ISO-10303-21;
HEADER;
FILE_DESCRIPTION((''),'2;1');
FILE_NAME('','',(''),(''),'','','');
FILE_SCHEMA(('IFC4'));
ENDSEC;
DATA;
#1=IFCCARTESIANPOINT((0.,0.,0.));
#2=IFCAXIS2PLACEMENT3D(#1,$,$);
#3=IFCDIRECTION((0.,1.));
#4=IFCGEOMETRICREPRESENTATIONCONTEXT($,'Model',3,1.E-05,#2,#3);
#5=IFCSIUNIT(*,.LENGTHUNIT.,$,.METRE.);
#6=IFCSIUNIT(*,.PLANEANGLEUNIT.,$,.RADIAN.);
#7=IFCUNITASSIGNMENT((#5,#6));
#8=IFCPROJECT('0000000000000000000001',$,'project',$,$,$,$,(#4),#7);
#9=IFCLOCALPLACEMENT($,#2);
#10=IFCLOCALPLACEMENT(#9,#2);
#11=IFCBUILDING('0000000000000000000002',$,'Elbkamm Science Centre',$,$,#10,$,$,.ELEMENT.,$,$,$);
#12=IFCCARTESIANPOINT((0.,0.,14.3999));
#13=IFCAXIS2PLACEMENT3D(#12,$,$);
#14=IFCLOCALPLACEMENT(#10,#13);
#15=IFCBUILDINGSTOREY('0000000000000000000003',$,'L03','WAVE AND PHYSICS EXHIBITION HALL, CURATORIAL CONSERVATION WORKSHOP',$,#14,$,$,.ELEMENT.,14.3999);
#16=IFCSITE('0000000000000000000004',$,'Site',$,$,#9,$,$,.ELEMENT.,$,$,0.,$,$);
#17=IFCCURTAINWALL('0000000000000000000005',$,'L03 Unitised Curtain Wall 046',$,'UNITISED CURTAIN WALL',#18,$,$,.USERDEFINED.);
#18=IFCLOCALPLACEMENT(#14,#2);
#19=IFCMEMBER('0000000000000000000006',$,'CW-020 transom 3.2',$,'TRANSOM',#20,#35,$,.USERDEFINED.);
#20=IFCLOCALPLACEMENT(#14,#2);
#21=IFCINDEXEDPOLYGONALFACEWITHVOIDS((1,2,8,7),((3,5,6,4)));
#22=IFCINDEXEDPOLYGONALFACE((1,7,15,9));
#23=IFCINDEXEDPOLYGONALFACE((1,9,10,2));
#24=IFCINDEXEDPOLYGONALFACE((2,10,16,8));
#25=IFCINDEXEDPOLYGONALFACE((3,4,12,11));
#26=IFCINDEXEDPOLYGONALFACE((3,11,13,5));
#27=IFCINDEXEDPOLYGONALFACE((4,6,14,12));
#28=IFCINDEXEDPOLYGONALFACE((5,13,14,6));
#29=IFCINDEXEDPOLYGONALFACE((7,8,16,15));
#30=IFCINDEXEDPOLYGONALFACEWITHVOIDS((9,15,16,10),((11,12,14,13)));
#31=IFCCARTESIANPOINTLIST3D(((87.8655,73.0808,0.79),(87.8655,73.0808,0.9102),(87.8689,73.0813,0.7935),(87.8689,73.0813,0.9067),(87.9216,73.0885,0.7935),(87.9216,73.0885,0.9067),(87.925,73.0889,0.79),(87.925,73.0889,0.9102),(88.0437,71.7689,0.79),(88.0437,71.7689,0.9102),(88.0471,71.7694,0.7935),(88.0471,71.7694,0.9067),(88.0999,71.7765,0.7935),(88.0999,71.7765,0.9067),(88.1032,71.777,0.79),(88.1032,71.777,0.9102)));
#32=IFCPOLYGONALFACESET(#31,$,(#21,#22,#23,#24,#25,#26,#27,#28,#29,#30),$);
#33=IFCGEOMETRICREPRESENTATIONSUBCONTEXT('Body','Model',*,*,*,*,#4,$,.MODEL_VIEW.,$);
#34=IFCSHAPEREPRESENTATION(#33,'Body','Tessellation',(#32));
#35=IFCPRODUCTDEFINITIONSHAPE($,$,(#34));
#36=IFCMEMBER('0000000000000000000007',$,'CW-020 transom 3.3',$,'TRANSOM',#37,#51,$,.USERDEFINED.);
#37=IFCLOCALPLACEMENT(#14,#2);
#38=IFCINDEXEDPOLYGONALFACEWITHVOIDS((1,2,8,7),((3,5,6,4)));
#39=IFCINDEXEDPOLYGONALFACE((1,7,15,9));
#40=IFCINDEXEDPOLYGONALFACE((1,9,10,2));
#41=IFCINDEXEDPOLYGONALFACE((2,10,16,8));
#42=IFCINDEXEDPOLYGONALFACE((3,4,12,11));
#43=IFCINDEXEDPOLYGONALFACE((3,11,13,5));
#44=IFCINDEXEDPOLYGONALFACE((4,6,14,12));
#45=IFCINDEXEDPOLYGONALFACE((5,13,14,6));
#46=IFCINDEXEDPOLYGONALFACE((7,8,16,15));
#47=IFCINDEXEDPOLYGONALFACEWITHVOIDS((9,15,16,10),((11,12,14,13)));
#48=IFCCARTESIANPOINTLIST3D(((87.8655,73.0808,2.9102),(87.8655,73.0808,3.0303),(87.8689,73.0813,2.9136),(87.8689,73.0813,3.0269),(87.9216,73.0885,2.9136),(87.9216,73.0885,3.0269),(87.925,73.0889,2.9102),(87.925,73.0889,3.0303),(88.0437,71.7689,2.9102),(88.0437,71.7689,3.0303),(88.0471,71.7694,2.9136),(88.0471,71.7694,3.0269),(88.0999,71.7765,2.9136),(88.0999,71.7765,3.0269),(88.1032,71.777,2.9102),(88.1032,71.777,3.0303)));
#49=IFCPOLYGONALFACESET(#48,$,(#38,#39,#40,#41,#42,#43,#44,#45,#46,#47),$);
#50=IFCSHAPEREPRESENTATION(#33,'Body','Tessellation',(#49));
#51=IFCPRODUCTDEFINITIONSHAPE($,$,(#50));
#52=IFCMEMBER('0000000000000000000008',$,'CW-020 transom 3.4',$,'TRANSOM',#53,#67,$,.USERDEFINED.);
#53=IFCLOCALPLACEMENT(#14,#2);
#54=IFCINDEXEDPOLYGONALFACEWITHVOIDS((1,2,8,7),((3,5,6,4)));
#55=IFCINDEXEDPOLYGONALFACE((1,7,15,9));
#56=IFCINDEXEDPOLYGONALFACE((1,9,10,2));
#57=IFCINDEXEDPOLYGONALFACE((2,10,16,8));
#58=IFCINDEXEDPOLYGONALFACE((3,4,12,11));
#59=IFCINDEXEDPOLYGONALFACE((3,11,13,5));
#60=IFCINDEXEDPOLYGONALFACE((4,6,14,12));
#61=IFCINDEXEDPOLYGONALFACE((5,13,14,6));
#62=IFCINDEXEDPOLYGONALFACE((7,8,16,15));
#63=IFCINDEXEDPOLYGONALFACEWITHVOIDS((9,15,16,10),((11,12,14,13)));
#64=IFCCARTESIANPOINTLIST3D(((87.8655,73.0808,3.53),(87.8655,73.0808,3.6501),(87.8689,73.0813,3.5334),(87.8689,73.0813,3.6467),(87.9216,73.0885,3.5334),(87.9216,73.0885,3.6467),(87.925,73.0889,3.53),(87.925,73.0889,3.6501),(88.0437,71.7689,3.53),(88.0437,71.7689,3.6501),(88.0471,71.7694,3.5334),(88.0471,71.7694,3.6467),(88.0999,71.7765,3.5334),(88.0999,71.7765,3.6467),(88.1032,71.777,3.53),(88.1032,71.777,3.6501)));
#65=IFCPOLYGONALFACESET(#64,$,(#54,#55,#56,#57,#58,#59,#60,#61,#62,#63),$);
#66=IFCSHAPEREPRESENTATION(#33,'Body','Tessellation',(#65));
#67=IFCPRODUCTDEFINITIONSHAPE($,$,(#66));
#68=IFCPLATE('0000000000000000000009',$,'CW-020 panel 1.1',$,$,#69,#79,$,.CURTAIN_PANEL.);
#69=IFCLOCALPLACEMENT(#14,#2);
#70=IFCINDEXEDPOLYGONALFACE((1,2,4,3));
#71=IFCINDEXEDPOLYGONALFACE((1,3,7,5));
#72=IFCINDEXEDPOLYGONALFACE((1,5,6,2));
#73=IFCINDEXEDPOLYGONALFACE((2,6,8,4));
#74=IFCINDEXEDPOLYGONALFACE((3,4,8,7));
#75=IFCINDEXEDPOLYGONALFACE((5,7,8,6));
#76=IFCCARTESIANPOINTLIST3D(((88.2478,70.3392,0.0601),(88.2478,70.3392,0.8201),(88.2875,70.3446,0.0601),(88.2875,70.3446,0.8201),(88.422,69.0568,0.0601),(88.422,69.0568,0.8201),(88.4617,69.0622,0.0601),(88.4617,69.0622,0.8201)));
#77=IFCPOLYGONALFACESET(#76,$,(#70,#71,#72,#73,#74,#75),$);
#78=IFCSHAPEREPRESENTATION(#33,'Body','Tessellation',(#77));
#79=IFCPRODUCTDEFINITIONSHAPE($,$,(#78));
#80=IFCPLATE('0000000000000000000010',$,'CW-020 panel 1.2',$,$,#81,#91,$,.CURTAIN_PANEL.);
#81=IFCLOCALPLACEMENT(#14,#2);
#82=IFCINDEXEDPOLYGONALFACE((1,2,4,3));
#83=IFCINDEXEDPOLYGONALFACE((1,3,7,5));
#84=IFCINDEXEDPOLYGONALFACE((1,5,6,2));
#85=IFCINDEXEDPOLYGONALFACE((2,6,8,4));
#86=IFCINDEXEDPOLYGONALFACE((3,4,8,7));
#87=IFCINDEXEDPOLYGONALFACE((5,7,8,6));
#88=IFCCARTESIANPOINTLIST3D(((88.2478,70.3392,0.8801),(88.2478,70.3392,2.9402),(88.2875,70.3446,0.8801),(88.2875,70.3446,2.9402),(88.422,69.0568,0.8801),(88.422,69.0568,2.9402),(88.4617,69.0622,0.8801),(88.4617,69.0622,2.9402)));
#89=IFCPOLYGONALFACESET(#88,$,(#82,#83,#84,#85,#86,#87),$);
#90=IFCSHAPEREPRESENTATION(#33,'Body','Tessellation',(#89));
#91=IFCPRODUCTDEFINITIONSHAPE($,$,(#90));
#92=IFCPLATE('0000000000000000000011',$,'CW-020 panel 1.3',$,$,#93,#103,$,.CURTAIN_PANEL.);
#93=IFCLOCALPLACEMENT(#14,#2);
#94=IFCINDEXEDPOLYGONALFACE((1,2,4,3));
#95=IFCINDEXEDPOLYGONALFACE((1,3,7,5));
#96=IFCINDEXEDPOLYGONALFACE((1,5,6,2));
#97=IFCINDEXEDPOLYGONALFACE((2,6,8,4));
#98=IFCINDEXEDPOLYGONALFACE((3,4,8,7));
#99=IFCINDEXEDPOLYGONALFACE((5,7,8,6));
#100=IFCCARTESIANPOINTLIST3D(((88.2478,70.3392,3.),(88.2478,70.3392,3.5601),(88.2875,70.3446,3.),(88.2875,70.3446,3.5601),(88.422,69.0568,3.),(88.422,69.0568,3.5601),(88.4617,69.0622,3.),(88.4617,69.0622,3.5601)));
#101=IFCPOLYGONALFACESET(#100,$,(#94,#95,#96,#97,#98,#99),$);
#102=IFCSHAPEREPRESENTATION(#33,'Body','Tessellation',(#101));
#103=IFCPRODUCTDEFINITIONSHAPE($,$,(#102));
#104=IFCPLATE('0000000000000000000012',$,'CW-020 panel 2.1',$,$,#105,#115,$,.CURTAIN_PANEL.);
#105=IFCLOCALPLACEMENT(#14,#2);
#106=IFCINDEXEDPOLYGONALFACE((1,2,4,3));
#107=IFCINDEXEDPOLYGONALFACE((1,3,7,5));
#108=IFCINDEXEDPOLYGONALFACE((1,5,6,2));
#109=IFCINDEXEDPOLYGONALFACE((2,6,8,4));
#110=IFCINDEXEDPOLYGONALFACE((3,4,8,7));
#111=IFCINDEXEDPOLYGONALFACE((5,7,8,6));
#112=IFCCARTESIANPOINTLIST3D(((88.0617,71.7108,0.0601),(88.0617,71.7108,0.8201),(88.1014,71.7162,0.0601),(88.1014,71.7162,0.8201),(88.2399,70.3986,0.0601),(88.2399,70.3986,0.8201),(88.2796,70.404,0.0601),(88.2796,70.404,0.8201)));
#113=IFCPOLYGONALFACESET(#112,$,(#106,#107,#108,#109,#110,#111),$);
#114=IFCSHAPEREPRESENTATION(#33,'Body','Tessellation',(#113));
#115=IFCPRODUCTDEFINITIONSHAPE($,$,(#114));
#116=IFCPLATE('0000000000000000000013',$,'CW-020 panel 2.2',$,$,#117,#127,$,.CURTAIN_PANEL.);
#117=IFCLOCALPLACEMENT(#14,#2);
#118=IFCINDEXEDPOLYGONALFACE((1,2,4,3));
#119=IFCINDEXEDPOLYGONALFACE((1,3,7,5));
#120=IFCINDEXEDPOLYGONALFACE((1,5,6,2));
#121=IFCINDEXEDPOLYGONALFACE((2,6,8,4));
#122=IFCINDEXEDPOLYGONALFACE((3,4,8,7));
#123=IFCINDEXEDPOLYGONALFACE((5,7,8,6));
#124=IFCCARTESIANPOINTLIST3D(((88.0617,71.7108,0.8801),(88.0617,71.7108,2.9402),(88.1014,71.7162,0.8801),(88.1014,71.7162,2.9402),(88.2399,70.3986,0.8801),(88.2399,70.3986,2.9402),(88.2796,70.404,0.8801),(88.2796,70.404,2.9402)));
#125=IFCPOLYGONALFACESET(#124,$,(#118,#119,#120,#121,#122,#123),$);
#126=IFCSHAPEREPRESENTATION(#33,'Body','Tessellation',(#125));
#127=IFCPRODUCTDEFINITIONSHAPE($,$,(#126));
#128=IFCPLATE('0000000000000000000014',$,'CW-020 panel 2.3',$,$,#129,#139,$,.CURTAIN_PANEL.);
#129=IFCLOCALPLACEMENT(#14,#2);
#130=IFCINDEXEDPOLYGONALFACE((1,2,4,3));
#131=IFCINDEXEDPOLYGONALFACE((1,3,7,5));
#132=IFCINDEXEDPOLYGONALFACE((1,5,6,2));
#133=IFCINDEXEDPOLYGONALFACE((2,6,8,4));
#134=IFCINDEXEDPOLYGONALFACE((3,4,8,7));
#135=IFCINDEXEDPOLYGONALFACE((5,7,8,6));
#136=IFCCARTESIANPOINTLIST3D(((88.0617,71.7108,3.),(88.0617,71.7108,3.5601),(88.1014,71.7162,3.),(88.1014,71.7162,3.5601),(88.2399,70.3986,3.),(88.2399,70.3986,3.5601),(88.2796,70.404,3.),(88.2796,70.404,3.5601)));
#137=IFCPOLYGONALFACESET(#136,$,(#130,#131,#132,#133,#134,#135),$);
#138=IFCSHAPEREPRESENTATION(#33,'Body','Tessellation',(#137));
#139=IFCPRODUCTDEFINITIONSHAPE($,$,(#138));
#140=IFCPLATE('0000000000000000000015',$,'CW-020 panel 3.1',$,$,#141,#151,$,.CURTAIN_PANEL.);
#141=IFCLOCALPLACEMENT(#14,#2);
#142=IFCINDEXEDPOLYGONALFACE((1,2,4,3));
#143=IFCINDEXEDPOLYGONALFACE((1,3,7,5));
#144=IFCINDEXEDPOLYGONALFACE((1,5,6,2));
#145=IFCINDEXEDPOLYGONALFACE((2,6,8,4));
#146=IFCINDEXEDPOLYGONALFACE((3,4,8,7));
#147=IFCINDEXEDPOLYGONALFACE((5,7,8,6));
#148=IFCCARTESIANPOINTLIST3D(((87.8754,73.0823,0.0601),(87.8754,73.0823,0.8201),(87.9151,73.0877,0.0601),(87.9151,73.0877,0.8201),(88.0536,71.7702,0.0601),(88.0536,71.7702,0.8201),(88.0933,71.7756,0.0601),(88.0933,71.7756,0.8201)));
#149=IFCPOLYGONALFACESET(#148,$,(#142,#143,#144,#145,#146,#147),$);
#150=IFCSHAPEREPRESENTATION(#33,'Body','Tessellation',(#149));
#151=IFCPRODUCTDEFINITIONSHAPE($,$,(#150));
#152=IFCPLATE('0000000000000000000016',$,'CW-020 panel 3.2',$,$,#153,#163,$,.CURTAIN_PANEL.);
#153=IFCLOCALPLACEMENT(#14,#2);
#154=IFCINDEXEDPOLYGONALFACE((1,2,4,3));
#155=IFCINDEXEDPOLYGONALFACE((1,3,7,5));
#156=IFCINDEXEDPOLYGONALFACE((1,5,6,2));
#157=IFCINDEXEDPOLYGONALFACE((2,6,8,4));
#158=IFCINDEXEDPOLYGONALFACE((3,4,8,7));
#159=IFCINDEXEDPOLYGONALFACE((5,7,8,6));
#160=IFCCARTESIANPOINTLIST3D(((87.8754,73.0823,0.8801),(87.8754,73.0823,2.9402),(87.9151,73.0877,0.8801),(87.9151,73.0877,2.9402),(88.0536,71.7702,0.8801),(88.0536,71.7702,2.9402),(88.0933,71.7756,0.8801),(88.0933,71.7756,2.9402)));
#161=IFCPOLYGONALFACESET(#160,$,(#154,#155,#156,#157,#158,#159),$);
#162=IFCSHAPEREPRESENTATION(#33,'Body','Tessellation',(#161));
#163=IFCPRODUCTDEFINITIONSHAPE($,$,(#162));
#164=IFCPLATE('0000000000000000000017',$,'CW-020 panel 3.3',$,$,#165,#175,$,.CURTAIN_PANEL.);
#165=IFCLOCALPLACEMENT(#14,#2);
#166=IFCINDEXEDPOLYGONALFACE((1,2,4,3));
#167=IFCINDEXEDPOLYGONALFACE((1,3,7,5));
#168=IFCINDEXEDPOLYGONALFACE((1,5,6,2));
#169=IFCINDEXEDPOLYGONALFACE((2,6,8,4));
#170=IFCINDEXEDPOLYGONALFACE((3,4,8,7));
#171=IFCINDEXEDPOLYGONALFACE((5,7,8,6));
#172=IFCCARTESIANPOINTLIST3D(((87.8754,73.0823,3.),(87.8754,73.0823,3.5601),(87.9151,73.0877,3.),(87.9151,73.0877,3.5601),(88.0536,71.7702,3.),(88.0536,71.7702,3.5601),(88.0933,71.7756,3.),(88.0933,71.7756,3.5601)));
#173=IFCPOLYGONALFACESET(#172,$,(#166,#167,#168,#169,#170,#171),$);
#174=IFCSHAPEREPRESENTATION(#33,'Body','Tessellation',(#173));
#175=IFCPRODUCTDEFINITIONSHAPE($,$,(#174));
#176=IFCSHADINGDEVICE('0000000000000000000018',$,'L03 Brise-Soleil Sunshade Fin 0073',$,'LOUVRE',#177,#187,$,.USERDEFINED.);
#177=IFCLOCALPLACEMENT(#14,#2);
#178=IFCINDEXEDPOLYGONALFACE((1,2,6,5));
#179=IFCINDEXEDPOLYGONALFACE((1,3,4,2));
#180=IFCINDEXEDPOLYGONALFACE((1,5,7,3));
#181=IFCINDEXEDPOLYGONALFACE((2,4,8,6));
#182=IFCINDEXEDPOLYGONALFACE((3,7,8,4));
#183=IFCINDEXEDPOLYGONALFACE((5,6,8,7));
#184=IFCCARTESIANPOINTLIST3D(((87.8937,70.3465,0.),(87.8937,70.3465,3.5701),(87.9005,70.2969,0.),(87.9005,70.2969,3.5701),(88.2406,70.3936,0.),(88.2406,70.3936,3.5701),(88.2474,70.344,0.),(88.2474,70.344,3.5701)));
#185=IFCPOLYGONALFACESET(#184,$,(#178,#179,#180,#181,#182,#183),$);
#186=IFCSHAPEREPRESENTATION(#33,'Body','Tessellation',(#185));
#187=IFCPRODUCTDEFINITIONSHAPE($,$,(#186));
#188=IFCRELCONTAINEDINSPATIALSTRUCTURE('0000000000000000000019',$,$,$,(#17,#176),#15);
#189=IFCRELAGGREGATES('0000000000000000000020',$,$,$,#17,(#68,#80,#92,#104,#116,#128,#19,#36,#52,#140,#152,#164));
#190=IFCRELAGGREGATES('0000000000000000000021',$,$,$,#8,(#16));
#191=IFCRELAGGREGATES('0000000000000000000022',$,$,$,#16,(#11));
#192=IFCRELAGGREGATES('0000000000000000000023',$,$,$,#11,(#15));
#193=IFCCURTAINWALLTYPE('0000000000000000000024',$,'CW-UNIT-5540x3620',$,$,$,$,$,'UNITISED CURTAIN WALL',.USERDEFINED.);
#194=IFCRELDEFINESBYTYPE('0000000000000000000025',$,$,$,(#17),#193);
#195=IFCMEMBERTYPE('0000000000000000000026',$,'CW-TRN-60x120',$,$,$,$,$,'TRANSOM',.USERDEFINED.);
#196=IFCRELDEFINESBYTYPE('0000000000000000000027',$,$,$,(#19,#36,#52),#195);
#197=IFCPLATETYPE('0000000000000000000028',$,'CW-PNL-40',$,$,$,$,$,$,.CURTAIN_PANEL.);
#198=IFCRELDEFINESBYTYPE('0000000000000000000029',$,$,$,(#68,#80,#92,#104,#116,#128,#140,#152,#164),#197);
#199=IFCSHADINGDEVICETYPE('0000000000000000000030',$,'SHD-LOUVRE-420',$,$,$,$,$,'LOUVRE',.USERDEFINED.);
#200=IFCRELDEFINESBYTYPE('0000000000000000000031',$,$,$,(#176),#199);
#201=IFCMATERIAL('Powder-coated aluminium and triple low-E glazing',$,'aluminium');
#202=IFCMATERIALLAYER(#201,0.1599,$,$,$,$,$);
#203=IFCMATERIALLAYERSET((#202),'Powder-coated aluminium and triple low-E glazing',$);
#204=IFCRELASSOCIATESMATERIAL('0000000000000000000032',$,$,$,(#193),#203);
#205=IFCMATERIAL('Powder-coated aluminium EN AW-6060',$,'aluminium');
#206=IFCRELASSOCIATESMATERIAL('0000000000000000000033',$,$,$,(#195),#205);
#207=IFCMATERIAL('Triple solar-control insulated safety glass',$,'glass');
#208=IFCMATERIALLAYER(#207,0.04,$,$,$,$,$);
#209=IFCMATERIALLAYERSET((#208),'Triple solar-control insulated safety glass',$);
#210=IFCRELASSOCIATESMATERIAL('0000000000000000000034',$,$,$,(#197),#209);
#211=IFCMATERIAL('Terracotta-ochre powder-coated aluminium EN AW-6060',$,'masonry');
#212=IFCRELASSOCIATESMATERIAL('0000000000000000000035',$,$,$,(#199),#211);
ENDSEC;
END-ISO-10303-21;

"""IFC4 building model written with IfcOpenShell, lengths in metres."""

from ifc_helpers import new_model, si_unit, direction, frame, origin, origin_2d, place, context, subcontext, project, spatial, rectangle, hollow_rectangle, extrude, material, layer, layer_set, material_profile, profile_set, type_object, element, aggregate, save


model = new_model("IFC4")

# Units and contexts
model_context = context("Model", 3, precision=1e-05, world=origin(), true_north=direction((0.0, 1.0)))
body_context = subcontext(model_context, "Body", "Model", "MODEL_VIEW")
ifc_project = project(units=[si_unit("LENGTHUNIT", "METRE"), si_unit("PLANEANGLEUNIT", "RADIAN")], contexts=[model_context])

# Site, building, storey
site_placement = place(None, origin())
site = spatial("IfcSite", under=ifc_project, at=site_placement, Name="Site", CompositionType="ELEMENT", RefElevation=0.0)
building_placement = place(site_placement, origin())
building = spatial("IfcBuilding", under=site, at=building_placement, Name="Elbkamm Science Centre", CompositionType="ELEMENT")
storey_placement = place(building_placement, frame((0.0, 0.0, 14.3999)))
storey = spatial("IfcBuildingStorey", under=building, at=storey_placement, Name="L03", Description="WAVE AND PHYSICS EXHIBITION HALL, CURATORIAL CONSERVATION WORKSHOP", CompositionType="ELEMENT", Elevation=14.3999)

# Curtain wall, members, plates
ifc_material_1 = material(Name="Powder-coated aluminium and triple low-E glazing", Category="aluminium")
ifc_layer_1 = layer(ifc_material_1, 0.1599)
ifc_layer_set_1 = layer_set([ifc_layer_1], Name="Powder-coated aluminium and triple low-E glazing")
curtain_wall_type = type_object("IfcCurtainWallType", Name="CW-UNIT-5540x3620", ElementType="UNITISED CURTAIN WALL", PredefinedType="USERDEFINED", material=ifc_layer_set_1)
curtain_wall_placement = place(storey_placement, origin())
curtain_wall = element("IfcCurtainWall", 1, at=curtain_wall_placement, inside=storey, type_object=curtain_wall_type, Name="L03 Unitised Curtain Wall 046", ObjectType="UNITISED CURTAIN WALL", PredefinedType="USERDEFINED")
ifc_material_2 = material(Name="Powder-coated aluminium EN AW-6060", Category="aluminium")
ifc_material_profile_1 = material_profile(ifc_material_2, hollow_rectangle(XDim=0.0601, YDim=0.1201, WallThickness=0.0034, at=origin_2d()), Name="ALU T60x120")
ifc_profile_set_1 = profile_set([ifc_material_profile_1], Name="Powder-coated aluminium EN AW-6060")
member_type_1 = type_object("IfcMemberType", Name="CW-TRN-60x120", ElementType="TRANSOM", PredefinedType="USERDEFINED", material=ifc_profile_set_1)
member_1_placement = place(storey_placement, frame((88.0735, 71.7729, 0.8501), z_axis=(-0.134603, 0.9909, 0.0), x_axis=(-0.9909, -0.134603, 0.0)))
member_1 = element("IfcMember", 2, at=member_1_placement, type_object=member_type_1, Name="CW-020 transom 3.2", ObjectType="TRANSOM", PredefinedType="USERDEFINED", context=body_context, shape_type="SweptSolid", body=[
    extrude(hollow_rectangle(XDim=0.0601, YDim=0.1201, WallThickness=0.0034, at=origin_2d()), origin(), (0.0, 0.0, 1.0), 1.324),
])
member_2_placement = place(storey_placement, frame((88.0735, 71.7729, 2.9702), z_axis=(-0.134603, 0.9909, 0.0), x_axis=(-0.9909, -0.134603, 0.0)))
member_2 = element("IfcMember", 3, at=member_2_placement, type_object=member_type_1, Name="CW-020 transom 3.3", ObjectType="TRANSOM", PredefinedType="USERDEFINED", context=body_context, shape_type="SweptSolid", body=[
    extrude(hollow_rectangle(XDim=0.0601, YDim=0.1201, WallThickness=0.0034, at=origin_2d()), origin(), (0.0, 0.0, 1.0), 1.324),
])
member_3_placement = place(storey_placement, frame((88.0735, 71.7729, 3.5901), z_axis=(-0.134603, 0.9909, 0.0), x_axis=(-0.9909, -0.134603, 0.0)))
member_3 = element("IfcMember", 4, at=member_3_placement, type_object=member_type_1, Name="CW-020 transom 3.4", ObjectType="TRANSOM", PredefinedType="USERDEFINED", context=body_context, shape_type="SweptSolid", body=[
    extrude(hollow_rectangle(XDim=0.0601, YDim=0.1201, WallThickness=0.0034, at=origin_2d()), origin(), (0.0, 0.0, 1.0), 1.324),
])
ifc_material_3 = material(Name="Triple solar-control insulated safety glass", Category="glass")
ifc_layer_2 = layer(ifc_material_3, 0.04)
ifc_layer_set_2 = layer_set([ifc_layer_2], Name="Triple solar-control insulated safety glass")
plate_type = type_object("IfcPlateType", Name="CW-PNL-40", PredefinedType="CURTAIN_PANEL", material=ifc_layer_set_2)
plate_1_placement = place(storey_placement, frame((88.3547, 69.7007, 0.0601), z_axis=(0.0, 0.0, 1.0), x_axis=(-0.134576, 0.990903, 0.0)))
plate_1 = element("IfcPlate", 5, at=plate_1_placement, type_object=plate_type, Name="CW-020 panel 1.1", PredefinedType="CURTAIN_PANEL", context=body_context, shape_type="SweptSolid", body=[
    extrude(rectangle(XDim=1.2942, YDim=0.04, at=origin_2d()), origin(), (0.0, 0.0, 1.0), 0.76),
])
plate_2_placement = place(storey_placement, frame((88.3547, 69.7007, 0.8801), z_axis=(0.0, 0.0, 1.0), x_axis=(-0.134576, 0.990903, 0.0)))
plate_2 = element("IfcPlate", 6, at=plate_2_placement, type_object=plate_type, Name="CW-020 panel 1.2", PredefinedType="CURTAIN_PANEL", context=body_context, shape_type="SweptSolid", body=[
    extrude(rectangle(XDim=1.2942, YDim=0.04, at=origin_2d()), origin(), (0.0, 0.0, 1.0), 2.0601),
])
plate_3_placement = place(storey_placement, frame((88.3547, 69.7007, 3.0), z_axis=(0.0, 0.0, 1.0), x_axis=(-0.134576, 0.990903, 0.0)))
plate_3 = element("IfcPlate", 7, at=plate_3_placement, type_object=plate_type, Name="CW-020 panel 1.3", PredefinedType="CURTAIN_PANEL", context=body_context, shape_type="SweptSolid", body=[
    extrude(rectangle(XDim=1.2942, YDim=0.04, at=origin_2d()), origin(), (0.0, 0.0, 1.0), 0.5601),
])
plate_4_placement = place(storey_placement, frame((88.1707, 71.0574, 0.0601), z_axis=(0.0, 0.0, 1.0), x_axis=(-0.134576, 0.990903, 0.0)))
plate_4 = element("IfcPlate", 8, at=plate_4_placement, type_object=plate_type, Name="CW-020 panel 2.1", PredefinedType="CURTAIN_PANEL", context=body_context, shape_type="SweptSolid", body=[
    extrude(rectangle(XDim=1.3242, YDim=0.04, at=origin_2d()), origin(), (0.0, 0.0, 1.0), 0.76),
])
plate_5_placement = place(storey_placement, frame((88.1707, 71.0574, 0.8801), z_axis=(0.0, 0.0, 1.0), x_axis=(-0.134576, 0.990903, 0.0)))
plate_5 = element("IfcPlate", 9, at=plate_5_placement, type_object=plate_type, Name="CW-020 panel 2.2", PredefinedType="CURTAIN_PANEL", context=body_context, shape_type="SweptSolid", body=[
    extrude(rectangle(XDim=1.3242, YDim=0.04, at=origin_2d()), origin(), (0.0, 0.0, 1.0), 2.0601),
])
plate_6_placement = place(storey_placement, frame((88.1707, 71.0574, 3.0), z_axis=(0.0, 0.0, 1.0), x_axis=(-0.134576, 0.990903, 0.0)))
plate_6 = element("IfcPlate", 10, at=plate_6_placement, type_object=plate_type, Name="CW-020 panel 2.3", PredefinedType="CURTAIN_PANEL", context=body_context, shape_type="SweptSolid", body=[
    extrude(rectangle(XDim=1.3242, YDim=0.04, at=origin_2d()), origin(), (0.0, 0.0, 1.0), 0.5601),
])
plate_7_placement = place(storey_placement, frame((87.9844, 72.429, 0.0601), z_axis=(0.0, 0.0, 1.0), x_axis=(-0.134576, 0.990903, 0.0)))
plate_7 = element("IfcPlate", 11, at=plate_7_placement, type_object=plate_type, Name="CW-020 panel 3.1", PredefinedType="CURTAIN_PANEL", context=body_context, shape_type="SweptSolid", body=[
    extrude(rectangle(XDim=1.3242, YDim=0.04, at=origin_2d()), origin(), (0.0, 0.0, 1.0), 0.76),
])
plate_8_placement = place(storey_placement, frame((87.9844, 72.429, 0.8801), z_axis=(0.0, 0.0, 1.0), x_axis=(-0.134576, 0.990903, 0.0)))
plate_8 = element("IfcPlate", 12, at=plate_8_placement, type_object=plate_type, Name="CW-020 panel 3.2", PredefinedType="CURTAIN_PANEL", context=body_context, shape_type="SweptSolid", body=[
    extrude(rectangle(XDim=1.3242, YDim=0.04, at=origin_2d()), origin(), (0.0, 0.0, 1.0), 2.0601),
])
plate_9_placement = place(storey_placement, frame((87.9844, 72.429, 3.0), z_axis=(0.0, 0.0, 1.0), x_axis=(-0.134576, 0.990903, 0.0)))
plate_9 = element("IfcPlate", 13, at=plate_9_placement, type_object=plate_type, Name="CW-020 panel 3.3", PredefinedType="CURTAIN_PANEL", context=body_context, shape_type="SweptSolid", body=[
    extrude(rectangle(XDim=1.3242, YDim=0.04, at=origin_2d()), origin(), (0.0, 0.0, 1.0), 0.5601),
])
aggregate(curtain_wall, [plate_1, plate_2, plate_3, plate_4, plate_5, plate_6, member_1, member_2, member_3, plate_7, plate_8, plate_9])

# Shading device
ifc_material_4 = material(Name="Terracotta-ochre powder-coated aluminium EN AW-6060", Category="masonry")
shading_device_type = type_object("IfcShadingDeviceType", Name="SHD-LOUVRE-420", ElementType="LOUVRE", PredefinedType="USERDEFINED", material=ifc_material_4)
shading_device_placement = place(storey_placement, frame((88.0706, 70.3452, 0.0), z_axis=(0.0, 0.0, 1.0), x_axis=(-0.990903, -0.134576, 0.0)))
element("IfcShadingDevice", 14, at=shading_device_placement, inside=storey, type_object=shading_device_type, Name="L03 Brise-Soleil Sunshade Fin 0073", ObjectType="LOUVRE", PredefinedType="USERDEFINED", context=body_context, shape_type="SweptSolid", body=[
    extrude(rectangle(XDim=0.3501, YDim=0.05, at=origin_2d()), origin(), (0.0, 0.0, 1.0), 3.5701),
])

save(model, "model.ifc")
